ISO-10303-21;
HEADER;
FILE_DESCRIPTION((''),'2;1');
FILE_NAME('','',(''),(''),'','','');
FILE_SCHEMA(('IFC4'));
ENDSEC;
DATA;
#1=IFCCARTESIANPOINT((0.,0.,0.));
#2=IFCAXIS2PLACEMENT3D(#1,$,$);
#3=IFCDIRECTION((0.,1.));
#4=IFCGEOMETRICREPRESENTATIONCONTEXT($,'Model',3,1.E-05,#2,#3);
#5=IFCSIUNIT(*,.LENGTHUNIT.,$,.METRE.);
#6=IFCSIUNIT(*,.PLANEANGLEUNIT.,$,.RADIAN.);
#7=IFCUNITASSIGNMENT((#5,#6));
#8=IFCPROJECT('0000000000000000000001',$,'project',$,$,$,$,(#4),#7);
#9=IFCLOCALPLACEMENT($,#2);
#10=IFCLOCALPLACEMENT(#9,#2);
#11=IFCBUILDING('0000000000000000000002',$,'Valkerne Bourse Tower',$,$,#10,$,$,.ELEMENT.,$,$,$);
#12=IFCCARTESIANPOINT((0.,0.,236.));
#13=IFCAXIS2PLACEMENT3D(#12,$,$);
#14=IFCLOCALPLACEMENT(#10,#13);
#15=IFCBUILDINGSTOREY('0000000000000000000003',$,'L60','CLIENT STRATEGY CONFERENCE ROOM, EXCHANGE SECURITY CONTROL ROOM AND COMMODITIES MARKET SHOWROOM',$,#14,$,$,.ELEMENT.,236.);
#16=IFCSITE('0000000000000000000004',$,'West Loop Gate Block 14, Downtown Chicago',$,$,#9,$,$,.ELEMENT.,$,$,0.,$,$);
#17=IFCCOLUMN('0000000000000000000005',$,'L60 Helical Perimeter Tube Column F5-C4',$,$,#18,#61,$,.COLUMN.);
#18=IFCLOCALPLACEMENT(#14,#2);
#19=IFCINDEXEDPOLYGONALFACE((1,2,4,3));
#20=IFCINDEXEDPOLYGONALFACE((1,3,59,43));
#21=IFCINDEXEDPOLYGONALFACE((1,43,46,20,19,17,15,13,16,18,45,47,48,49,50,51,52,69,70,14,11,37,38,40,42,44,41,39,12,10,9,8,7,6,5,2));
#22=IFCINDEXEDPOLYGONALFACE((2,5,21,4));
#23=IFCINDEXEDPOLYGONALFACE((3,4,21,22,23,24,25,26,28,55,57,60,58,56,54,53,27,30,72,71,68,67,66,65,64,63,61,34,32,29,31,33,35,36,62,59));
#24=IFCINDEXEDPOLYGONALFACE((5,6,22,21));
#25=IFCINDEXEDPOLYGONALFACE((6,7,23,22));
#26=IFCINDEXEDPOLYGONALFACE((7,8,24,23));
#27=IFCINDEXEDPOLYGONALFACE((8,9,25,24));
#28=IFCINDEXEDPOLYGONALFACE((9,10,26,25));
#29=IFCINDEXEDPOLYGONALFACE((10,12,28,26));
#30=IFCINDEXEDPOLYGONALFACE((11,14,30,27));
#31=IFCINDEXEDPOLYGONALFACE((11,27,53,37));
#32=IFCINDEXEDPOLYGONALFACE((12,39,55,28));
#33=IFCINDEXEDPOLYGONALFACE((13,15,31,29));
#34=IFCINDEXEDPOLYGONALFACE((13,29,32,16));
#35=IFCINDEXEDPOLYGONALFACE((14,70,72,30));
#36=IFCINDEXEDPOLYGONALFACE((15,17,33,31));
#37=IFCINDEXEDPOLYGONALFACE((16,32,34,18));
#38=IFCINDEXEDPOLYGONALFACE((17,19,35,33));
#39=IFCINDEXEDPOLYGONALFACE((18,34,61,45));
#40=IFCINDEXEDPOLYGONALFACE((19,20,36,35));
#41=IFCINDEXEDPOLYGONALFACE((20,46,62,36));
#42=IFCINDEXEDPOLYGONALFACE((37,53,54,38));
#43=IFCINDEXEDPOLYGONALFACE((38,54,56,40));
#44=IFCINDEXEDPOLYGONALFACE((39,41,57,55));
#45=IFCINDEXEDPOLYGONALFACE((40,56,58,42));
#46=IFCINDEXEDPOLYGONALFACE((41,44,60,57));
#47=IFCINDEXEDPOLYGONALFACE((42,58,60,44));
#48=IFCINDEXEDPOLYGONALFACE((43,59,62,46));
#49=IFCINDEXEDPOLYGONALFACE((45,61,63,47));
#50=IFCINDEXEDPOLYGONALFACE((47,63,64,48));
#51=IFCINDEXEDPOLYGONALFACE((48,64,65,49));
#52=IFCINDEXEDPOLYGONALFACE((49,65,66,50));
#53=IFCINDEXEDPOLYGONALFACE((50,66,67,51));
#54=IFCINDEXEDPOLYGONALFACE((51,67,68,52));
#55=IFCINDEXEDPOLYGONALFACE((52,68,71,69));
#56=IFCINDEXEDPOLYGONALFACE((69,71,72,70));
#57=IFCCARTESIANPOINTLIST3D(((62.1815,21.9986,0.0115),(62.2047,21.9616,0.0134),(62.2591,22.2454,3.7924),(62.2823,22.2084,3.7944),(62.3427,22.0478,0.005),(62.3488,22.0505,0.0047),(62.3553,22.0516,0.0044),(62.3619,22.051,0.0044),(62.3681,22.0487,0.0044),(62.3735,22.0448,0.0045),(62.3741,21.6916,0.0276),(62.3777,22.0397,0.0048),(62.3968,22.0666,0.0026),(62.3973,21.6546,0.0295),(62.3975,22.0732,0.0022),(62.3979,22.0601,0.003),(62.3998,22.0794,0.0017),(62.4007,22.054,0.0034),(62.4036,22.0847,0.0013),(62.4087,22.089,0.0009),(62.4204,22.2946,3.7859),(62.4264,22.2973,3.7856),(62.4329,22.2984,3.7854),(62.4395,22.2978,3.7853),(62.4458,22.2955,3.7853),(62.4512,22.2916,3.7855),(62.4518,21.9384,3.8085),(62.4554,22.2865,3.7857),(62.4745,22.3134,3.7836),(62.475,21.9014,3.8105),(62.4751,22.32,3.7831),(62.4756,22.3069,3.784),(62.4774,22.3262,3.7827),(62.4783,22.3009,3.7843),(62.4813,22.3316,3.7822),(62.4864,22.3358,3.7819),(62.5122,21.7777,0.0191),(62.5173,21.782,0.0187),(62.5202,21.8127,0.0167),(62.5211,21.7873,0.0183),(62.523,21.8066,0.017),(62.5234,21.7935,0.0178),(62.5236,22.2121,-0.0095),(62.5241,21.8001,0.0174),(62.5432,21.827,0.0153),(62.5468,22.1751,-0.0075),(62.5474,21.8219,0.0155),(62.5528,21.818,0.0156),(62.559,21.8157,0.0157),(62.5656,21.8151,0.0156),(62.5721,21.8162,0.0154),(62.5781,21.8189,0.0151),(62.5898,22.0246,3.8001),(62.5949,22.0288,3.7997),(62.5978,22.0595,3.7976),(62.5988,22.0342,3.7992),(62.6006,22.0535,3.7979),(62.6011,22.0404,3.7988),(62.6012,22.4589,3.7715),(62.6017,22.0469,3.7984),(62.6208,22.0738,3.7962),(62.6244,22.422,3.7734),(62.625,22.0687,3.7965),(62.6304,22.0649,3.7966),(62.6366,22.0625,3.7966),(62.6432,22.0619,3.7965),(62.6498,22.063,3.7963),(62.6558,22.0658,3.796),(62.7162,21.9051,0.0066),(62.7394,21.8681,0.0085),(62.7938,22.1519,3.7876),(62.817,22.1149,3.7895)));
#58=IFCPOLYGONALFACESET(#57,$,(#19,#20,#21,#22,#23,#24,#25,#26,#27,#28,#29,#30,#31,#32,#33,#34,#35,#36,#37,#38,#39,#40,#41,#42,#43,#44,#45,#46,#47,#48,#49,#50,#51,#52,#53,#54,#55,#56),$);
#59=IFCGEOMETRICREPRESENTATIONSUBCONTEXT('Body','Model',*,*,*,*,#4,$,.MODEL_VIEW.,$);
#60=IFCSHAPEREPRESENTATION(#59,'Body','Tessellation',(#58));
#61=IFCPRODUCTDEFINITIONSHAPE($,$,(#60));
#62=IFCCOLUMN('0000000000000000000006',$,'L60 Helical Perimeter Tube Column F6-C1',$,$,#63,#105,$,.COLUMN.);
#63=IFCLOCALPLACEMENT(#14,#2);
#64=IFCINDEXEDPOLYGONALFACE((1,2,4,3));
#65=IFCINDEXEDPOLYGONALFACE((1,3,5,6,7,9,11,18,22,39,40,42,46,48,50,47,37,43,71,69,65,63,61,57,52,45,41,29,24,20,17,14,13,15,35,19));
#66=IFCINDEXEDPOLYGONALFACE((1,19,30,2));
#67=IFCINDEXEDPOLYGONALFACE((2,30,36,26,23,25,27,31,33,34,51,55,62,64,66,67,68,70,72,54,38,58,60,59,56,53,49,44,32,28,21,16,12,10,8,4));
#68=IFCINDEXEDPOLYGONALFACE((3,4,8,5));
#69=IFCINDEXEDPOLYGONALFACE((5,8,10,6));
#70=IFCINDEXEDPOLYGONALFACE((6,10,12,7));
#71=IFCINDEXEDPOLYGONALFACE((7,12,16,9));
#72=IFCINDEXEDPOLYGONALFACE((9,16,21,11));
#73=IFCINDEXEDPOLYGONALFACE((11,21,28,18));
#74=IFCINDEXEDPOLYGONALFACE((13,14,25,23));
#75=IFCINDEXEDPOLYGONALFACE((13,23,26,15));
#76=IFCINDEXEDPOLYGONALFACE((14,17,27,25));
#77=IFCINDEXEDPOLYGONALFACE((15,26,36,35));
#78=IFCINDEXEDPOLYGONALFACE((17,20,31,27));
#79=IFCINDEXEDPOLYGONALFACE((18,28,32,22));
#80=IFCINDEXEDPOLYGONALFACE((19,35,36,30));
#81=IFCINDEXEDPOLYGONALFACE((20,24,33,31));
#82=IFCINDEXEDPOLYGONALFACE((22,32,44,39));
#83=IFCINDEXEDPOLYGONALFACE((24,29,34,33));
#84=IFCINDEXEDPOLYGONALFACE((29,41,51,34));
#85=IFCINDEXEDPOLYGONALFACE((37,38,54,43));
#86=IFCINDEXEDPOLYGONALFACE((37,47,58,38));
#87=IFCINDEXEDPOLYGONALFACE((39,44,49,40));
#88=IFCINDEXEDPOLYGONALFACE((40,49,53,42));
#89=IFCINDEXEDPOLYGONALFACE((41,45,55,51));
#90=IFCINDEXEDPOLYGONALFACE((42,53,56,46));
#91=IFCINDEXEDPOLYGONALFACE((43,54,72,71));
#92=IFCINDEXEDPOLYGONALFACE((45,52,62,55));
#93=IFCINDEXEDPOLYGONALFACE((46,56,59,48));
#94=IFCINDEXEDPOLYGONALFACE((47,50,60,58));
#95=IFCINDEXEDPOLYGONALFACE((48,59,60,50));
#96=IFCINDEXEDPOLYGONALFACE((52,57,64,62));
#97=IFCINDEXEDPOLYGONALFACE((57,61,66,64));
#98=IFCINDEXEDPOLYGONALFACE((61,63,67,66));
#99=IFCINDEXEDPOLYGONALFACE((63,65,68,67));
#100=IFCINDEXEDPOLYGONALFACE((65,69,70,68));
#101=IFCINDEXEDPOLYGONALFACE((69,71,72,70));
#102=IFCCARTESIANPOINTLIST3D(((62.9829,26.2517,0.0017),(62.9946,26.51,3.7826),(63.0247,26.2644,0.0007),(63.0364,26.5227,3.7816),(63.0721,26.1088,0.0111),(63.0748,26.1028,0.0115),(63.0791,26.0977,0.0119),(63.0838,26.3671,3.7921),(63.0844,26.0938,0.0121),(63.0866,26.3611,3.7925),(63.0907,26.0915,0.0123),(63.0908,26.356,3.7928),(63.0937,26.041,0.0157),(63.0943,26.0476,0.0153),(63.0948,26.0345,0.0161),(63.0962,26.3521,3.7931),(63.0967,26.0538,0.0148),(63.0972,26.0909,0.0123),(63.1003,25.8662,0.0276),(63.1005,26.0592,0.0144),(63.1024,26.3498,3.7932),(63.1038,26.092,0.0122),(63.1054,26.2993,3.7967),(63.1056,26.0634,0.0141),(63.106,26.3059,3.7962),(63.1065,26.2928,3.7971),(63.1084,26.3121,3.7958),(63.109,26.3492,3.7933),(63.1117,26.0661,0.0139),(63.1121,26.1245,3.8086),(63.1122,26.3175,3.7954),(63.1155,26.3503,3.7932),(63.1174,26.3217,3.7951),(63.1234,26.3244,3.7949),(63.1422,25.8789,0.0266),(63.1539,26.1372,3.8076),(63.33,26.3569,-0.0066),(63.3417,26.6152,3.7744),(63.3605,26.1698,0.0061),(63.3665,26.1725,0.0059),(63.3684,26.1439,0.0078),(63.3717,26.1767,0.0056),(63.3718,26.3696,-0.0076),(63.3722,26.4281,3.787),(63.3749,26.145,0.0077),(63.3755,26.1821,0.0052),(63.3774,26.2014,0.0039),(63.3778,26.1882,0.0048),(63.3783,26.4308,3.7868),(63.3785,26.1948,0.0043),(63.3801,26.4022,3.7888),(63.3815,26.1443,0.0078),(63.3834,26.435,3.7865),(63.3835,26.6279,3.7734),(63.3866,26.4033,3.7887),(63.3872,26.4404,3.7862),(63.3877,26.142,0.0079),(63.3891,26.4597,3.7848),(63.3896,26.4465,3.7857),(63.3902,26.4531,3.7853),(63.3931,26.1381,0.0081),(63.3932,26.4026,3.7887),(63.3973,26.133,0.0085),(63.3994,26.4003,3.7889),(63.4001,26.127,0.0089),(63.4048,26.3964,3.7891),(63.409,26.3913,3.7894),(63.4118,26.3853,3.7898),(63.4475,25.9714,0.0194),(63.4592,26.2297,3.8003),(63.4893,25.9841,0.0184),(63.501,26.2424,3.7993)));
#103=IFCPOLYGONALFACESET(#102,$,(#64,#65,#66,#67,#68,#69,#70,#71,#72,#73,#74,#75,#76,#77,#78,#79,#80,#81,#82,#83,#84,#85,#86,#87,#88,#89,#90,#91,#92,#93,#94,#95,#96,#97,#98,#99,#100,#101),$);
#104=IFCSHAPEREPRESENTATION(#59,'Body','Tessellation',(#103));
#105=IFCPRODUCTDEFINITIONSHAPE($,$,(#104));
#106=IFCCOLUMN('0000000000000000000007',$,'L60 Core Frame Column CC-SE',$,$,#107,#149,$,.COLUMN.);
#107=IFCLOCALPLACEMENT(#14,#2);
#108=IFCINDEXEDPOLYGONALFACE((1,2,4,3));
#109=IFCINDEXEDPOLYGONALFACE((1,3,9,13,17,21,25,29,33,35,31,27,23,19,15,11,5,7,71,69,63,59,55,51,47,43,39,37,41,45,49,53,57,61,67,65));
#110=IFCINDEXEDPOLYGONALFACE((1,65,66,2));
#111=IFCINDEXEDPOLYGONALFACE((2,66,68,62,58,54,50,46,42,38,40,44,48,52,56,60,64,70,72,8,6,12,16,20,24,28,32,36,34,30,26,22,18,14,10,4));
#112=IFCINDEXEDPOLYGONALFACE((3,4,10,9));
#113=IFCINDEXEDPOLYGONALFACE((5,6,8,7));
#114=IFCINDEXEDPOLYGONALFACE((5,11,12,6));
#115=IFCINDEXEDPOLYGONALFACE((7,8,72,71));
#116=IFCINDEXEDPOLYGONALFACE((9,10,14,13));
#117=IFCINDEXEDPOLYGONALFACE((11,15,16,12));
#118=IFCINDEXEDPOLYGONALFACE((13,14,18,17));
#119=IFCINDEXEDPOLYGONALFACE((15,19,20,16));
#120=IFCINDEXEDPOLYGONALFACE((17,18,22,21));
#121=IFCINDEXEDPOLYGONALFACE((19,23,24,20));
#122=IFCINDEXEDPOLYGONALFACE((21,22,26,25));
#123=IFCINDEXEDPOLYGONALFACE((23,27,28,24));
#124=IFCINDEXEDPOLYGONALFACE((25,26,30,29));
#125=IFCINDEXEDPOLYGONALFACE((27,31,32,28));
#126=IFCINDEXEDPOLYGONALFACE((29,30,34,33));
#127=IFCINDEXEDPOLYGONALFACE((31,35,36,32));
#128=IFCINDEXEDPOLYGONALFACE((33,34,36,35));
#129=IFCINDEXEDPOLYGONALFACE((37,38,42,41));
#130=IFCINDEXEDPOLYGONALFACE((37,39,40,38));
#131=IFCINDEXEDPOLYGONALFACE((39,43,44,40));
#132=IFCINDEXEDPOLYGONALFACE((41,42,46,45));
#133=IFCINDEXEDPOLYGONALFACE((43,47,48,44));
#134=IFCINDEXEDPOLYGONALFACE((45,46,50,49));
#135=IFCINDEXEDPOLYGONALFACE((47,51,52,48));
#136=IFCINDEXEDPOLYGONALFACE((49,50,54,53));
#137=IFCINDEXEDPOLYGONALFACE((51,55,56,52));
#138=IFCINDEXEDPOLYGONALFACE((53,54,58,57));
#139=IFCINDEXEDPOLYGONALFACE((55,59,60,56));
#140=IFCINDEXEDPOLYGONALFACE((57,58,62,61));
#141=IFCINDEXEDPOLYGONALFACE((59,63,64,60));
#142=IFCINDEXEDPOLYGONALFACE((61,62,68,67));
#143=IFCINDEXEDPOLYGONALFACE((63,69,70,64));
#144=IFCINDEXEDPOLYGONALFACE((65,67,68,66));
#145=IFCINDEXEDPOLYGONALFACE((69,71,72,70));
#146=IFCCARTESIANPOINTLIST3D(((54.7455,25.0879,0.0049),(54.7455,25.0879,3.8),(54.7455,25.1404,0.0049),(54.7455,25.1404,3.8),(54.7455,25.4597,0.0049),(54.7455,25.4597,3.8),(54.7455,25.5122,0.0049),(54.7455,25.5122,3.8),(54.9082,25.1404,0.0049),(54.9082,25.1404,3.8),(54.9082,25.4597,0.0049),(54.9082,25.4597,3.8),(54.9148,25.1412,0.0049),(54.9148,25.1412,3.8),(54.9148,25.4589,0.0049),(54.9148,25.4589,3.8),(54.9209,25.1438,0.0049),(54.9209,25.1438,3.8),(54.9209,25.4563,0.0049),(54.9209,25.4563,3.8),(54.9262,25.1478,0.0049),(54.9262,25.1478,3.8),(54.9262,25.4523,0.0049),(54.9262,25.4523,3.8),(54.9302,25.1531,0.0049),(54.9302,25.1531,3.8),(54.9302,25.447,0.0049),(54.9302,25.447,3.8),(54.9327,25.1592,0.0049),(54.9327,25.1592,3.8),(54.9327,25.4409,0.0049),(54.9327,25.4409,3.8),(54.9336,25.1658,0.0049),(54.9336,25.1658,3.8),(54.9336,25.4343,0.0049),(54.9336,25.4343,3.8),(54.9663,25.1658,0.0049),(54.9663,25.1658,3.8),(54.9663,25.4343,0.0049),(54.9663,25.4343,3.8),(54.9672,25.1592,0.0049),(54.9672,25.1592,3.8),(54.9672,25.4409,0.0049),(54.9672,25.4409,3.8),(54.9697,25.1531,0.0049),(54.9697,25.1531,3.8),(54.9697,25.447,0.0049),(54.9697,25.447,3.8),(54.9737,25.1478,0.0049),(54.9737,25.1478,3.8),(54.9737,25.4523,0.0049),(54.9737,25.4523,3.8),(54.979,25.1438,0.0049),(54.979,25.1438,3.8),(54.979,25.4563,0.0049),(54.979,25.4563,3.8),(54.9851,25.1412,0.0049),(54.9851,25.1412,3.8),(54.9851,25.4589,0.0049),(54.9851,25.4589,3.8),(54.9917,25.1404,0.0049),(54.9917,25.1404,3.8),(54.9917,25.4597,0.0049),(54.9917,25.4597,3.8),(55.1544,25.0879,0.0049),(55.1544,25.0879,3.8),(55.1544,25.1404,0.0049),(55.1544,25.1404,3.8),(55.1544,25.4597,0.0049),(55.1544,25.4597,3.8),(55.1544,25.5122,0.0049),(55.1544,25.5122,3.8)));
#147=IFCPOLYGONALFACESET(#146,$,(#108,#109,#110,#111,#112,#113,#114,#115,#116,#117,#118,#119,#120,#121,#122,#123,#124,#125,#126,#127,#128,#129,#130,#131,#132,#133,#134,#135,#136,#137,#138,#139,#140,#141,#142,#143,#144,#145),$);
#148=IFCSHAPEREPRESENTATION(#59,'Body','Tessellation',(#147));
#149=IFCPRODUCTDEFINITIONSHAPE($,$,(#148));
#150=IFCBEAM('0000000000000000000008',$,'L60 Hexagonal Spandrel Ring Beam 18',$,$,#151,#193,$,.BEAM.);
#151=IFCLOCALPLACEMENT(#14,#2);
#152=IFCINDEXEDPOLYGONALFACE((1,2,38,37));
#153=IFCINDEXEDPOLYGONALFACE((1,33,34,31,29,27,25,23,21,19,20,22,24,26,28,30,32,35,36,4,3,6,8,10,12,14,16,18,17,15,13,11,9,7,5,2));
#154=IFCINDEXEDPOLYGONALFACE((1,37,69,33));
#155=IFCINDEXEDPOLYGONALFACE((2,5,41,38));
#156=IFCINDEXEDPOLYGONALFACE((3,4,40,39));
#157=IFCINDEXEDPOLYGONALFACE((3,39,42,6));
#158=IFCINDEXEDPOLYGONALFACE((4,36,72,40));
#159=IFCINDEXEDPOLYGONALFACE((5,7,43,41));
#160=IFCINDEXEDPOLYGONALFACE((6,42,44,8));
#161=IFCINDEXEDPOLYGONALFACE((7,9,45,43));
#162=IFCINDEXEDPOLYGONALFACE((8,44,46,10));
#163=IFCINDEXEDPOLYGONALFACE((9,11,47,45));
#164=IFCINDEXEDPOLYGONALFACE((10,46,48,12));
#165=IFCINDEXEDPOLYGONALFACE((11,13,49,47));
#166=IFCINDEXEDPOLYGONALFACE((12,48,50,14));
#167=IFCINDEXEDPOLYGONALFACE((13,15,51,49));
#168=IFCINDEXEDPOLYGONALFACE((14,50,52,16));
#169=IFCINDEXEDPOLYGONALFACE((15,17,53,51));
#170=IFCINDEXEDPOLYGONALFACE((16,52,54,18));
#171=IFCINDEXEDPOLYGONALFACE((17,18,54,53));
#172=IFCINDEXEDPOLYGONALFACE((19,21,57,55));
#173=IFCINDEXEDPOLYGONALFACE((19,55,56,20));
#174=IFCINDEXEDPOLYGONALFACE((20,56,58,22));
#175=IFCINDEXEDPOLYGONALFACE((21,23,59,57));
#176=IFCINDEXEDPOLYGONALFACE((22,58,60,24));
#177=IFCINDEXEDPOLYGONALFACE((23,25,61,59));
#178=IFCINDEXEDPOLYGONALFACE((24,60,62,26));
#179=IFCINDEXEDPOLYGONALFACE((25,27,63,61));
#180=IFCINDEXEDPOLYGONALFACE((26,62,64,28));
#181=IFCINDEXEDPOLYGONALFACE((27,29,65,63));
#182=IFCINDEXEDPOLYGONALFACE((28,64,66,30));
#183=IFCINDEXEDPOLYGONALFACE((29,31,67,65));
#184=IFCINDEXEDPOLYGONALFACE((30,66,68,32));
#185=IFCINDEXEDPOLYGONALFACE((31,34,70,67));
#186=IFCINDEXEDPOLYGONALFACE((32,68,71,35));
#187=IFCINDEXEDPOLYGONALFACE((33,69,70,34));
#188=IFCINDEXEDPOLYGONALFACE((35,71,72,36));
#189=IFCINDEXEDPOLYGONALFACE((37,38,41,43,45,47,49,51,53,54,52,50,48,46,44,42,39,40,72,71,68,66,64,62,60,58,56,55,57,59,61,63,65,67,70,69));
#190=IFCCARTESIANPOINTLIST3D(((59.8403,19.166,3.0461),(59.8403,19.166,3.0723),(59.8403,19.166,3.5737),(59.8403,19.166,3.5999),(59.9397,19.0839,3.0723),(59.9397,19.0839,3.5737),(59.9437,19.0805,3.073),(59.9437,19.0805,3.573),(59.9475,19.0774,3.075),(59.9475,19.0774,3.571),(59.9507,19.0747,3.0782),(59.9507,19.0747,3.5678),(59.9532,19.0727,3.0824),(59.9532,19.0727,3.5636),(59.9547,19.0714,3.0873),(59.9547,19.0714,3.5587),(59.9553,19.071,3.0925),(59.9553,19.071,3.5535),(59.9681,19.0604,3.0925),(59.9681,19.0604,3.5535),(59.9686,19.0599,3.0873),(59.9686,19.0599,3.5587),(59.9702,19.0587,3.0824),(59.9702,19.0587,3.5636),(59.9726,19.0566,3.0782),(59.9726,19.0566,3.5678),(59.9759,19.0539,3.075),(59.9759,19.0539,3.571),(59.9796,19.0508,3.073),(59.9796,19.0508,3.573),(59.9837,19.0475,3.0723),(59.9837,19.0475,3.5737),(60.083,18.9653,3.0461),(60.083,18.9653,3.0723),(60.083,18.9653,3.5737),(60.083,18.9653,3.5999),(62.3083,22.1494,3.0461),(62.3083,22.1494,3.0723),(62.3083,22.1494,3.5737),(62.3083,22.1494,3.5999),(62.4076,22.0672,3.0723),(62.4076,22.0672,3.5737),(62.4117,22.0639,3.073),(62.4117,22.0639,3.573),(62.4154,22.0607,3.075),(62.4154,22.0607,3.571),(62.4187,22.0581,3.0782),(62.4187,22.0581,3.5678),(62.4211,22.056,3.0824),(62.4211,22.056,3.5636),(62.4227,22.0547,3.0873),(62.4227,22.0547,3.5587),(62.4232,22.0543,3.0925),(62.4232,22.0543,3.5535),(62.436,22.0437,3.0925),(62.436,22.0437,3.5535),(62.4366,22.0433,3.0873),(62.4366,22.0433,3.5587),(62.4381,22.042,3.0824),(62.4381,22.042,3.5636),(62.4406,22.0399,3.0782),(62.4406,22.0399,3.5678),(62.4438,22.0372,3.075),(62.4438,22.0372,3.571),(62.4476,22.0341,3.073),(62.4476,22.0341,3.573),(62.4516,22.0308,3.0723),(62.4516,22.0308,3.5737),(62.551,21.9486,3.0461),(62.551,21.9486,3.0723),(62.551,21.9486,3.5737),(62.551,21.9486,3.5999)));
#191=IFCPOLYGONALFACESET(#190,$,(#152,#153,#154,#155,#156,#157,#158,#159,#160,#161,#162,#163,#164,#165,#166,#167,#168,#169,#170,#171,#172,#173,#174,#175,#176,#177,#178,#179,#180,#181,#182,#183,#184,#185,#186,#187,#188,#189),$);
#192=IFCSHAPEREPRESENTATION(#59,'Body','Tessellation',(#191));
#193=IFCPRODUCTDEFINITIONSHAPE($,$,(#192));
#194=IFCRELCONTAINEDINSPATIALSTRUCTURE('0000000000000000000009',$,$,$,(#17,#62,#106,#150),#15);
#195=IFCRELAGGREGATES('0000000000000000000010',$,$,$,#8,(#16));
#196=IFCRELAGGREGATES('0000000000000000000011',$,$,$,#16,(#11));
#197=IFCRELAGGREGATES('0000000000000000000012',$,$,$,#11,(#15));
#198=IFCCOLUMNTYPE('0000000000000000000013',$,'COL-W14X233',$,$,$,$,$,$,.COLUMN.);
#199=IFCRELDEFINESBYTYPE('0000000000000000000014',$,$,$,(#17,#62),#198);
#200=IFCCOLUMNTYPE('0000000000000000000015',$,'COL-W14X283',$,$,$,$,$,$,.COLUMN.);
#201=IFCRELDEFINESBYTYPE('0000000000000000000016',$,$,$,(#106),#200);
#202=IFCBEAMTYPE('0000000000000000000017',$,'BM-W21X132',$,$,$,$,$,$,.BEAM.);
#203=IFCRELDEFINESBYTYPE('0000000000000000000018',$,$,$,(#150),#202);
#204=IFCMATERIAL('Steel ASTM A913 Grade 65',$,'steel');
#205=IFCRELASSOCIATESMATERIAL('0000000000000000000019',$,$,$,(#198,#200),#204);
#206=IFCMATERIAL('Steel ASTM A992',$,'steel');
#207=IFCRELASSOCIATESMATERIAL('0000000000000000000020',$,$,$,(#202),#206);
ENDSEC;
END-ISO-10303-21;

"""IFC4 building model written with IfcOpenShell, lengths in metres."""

from ifc_helpers import new_model, si_unit, direction, frame, origin, origin_2d, place, context, subcontext, project, spatial, i_section, extrude, material, material_profile, profile_set, type_object, element, save


model = new_model("IFC4")

# Units and contexts
model_context = context("Model", 3, precision=1e-05, world=origin(), true_north=direction((0.0, 1.0)))
body_context = subcontext(model_context, "Body", "Model", "MODEL_VIEW")
ifc_project = project(units=[si_unit("LENGTHUNIT", "METRE"), si_unit("PLANEANGLEUNIT", "RADIAN")], contexts=[model_context])

# Site, building, storey
site_placement = place(None, origin())
site = spatial("IfcSite", under=ifc_project, at=site_placement, Name="West Loop Gate Block 14, Downtown Chicago", CompositionType="ELEMENT", RefElevation=0.0)
building_placement = place(site_placement, origin())
building = spatial("IfcBuilding", under=site, at=building_placement, Name="Valkerne Bourse Tower", CompositionType="ELEMENT")
storey_placement = place(building_placement, frame((0.0, 0.0, 236.0)))
storey = spatial("IfcBuildingStorey", under=building, at=storey_placement, Name="L60", Description="CLIENT STRATEGY CONFERENCE ROOM, EXCHANGE SECURITY CONTROL ROOM AND COMMODITIES MARKET SHOWROOM", CompositionType="ELEMENT", Elevation=236.0)

# Columns
ifc_material_1 = material(Name="Steel ASTM A913 Grade 65", Category="steel")
ifc_material_profile_1 = material_profile(ifc_material_1, i_section(OverallWidth=0.4038, OverallDepth=0.4065, WebThickness=0.0271, FlangeThickness=0.0437, FilletRadius=0.0254, at=origin_2d()), Name="W14X233")
ifc_profile_set_1 = profile_set([ifc_material_profile_1], Name="Steel ASTM A913 Grade 65")
column_type_1 = type_object("IfcColumnType", Name="COL-W14X233", PredefinedType="COLUMN", material=ifc_profile_set_1)
for number, where, z_axis, x_axis, name in (
    (1, (62.4604, 21.9333, 0.01), (0.020485, 0.065128, 0.997667), (-0.84715, -0.528812, 0.051916), "L60 Helical Perimeter Tube Column F5-C4"),
    (2, (63.2361, 26.1179, 0.01), (0.003092, 0.068156, 0.99767), (0.290841, -0.954607, 0.064313), "L60 Helical Perimeter Tube Column F6-C1"),
):
    element("IfcColumn", number, at=place(storey_placement, frame(where, z_axis=z_axis, x_axis=x_axis)), inside=storey, type_object=column_type_1, Name=name, PredefinedType="COLUMN", context=body_context, shape_type="SweptSolid", body=[
        extrude(i_section(OverallWidth=0.4038, OverallDepth=0.4065, WebThickness=0.0271, FlangeThickness=0.0437, FilletRadius=0.0254, at=origin_2d()), origin(), (0.0, 0.0, 1.0), 3.7898),
    ])
ifc_material_profile_2 = material_profile(ifc_material_1, i_section(OverallWidth=0.4089, OverallDepth=0.4243, WebThickness=0.0327, FlangeThickness=0.0525, FilletRadius=0.0254, at=origin_2d()), Name="W14X283")
ifc_profile_set_2 = profile_set([ifc_material_profile_2], Name="Steel ASTM A913 Grade 65")
column_type_2 = type_object("IfcColumnType", Name="COL-W14X283", PredefinedType="COLUMN", material=ifc_profile_set_2)
column_placement = place(storey_placement, frame((54.95, 25.3, 0.0049), z_axis=(0.0, 0.0, 1.0), x_axis=(1.0, 0.0, 0.0)))
element("IfcColumn", 3, at=column_placement, inside=storey, type_object=column_type_2, Name="L60 Core Frame Column CC-SE", PredefinedType="COLUMN", context=body_context, shape_type="SweptSolid", body=[
    extrude(i_section(OverallWidth=0.4089, OverallDepth=0.4243, WebThickness=0.0327, FlangeThickness=0.0525, FilletRadius=0.0254, at=origin_2d()), origin(), (0.0, 0.0, 1.0), 3.7952),
])

# Beam
ifc_material_2 = material(Name="Steel ASTM A992", Category="steel")
ifc_material_profile_3 = material_profile(ifc_material_2, i_section(OverallWidth=0.3149, OverallDepth=0.5537, WebThickness=0.0166, FlangeThickness=0.0261, FilletRadius=0.0203, at=origin_2d()), Name="W21X132")
ifc_profile_set_3 = profile_set([ifc_material_profile_3], Name="Steel ASTM A992")
beam_type_1 = type_object("IfcBeamType", Name="BM-W21X132", PredefinedType="BEAM", material=ifc_profile_set_3)
beam_1_placement = place(storey_placement, frame((59.9617, 19.0657, 3.323), z_axis=(0.637414, 0.770521, 0.0), x_axis=(-0.770521, 0.637414, 0.0)))
element("IfcBeam", 4, at=beam_1_placement, inside=storey, type_object=beam_type_1, Name="L60 Hexagonal Spandrel Ring Beam 18", PredefinedType="BEAM", context=body_context, shape_type="SweptSolid", body=[
    extrude(i_section(OverallWidth=0.3149, OverallDepth=0.5537, WebThickness=0.0166, FlangeThickness=0.0261, FilletRadius=0.0203, at=origin_2d()), origin(), (0.0, 0.0, 1.0), 3.8718),
])

save(model, "model.ifc")
